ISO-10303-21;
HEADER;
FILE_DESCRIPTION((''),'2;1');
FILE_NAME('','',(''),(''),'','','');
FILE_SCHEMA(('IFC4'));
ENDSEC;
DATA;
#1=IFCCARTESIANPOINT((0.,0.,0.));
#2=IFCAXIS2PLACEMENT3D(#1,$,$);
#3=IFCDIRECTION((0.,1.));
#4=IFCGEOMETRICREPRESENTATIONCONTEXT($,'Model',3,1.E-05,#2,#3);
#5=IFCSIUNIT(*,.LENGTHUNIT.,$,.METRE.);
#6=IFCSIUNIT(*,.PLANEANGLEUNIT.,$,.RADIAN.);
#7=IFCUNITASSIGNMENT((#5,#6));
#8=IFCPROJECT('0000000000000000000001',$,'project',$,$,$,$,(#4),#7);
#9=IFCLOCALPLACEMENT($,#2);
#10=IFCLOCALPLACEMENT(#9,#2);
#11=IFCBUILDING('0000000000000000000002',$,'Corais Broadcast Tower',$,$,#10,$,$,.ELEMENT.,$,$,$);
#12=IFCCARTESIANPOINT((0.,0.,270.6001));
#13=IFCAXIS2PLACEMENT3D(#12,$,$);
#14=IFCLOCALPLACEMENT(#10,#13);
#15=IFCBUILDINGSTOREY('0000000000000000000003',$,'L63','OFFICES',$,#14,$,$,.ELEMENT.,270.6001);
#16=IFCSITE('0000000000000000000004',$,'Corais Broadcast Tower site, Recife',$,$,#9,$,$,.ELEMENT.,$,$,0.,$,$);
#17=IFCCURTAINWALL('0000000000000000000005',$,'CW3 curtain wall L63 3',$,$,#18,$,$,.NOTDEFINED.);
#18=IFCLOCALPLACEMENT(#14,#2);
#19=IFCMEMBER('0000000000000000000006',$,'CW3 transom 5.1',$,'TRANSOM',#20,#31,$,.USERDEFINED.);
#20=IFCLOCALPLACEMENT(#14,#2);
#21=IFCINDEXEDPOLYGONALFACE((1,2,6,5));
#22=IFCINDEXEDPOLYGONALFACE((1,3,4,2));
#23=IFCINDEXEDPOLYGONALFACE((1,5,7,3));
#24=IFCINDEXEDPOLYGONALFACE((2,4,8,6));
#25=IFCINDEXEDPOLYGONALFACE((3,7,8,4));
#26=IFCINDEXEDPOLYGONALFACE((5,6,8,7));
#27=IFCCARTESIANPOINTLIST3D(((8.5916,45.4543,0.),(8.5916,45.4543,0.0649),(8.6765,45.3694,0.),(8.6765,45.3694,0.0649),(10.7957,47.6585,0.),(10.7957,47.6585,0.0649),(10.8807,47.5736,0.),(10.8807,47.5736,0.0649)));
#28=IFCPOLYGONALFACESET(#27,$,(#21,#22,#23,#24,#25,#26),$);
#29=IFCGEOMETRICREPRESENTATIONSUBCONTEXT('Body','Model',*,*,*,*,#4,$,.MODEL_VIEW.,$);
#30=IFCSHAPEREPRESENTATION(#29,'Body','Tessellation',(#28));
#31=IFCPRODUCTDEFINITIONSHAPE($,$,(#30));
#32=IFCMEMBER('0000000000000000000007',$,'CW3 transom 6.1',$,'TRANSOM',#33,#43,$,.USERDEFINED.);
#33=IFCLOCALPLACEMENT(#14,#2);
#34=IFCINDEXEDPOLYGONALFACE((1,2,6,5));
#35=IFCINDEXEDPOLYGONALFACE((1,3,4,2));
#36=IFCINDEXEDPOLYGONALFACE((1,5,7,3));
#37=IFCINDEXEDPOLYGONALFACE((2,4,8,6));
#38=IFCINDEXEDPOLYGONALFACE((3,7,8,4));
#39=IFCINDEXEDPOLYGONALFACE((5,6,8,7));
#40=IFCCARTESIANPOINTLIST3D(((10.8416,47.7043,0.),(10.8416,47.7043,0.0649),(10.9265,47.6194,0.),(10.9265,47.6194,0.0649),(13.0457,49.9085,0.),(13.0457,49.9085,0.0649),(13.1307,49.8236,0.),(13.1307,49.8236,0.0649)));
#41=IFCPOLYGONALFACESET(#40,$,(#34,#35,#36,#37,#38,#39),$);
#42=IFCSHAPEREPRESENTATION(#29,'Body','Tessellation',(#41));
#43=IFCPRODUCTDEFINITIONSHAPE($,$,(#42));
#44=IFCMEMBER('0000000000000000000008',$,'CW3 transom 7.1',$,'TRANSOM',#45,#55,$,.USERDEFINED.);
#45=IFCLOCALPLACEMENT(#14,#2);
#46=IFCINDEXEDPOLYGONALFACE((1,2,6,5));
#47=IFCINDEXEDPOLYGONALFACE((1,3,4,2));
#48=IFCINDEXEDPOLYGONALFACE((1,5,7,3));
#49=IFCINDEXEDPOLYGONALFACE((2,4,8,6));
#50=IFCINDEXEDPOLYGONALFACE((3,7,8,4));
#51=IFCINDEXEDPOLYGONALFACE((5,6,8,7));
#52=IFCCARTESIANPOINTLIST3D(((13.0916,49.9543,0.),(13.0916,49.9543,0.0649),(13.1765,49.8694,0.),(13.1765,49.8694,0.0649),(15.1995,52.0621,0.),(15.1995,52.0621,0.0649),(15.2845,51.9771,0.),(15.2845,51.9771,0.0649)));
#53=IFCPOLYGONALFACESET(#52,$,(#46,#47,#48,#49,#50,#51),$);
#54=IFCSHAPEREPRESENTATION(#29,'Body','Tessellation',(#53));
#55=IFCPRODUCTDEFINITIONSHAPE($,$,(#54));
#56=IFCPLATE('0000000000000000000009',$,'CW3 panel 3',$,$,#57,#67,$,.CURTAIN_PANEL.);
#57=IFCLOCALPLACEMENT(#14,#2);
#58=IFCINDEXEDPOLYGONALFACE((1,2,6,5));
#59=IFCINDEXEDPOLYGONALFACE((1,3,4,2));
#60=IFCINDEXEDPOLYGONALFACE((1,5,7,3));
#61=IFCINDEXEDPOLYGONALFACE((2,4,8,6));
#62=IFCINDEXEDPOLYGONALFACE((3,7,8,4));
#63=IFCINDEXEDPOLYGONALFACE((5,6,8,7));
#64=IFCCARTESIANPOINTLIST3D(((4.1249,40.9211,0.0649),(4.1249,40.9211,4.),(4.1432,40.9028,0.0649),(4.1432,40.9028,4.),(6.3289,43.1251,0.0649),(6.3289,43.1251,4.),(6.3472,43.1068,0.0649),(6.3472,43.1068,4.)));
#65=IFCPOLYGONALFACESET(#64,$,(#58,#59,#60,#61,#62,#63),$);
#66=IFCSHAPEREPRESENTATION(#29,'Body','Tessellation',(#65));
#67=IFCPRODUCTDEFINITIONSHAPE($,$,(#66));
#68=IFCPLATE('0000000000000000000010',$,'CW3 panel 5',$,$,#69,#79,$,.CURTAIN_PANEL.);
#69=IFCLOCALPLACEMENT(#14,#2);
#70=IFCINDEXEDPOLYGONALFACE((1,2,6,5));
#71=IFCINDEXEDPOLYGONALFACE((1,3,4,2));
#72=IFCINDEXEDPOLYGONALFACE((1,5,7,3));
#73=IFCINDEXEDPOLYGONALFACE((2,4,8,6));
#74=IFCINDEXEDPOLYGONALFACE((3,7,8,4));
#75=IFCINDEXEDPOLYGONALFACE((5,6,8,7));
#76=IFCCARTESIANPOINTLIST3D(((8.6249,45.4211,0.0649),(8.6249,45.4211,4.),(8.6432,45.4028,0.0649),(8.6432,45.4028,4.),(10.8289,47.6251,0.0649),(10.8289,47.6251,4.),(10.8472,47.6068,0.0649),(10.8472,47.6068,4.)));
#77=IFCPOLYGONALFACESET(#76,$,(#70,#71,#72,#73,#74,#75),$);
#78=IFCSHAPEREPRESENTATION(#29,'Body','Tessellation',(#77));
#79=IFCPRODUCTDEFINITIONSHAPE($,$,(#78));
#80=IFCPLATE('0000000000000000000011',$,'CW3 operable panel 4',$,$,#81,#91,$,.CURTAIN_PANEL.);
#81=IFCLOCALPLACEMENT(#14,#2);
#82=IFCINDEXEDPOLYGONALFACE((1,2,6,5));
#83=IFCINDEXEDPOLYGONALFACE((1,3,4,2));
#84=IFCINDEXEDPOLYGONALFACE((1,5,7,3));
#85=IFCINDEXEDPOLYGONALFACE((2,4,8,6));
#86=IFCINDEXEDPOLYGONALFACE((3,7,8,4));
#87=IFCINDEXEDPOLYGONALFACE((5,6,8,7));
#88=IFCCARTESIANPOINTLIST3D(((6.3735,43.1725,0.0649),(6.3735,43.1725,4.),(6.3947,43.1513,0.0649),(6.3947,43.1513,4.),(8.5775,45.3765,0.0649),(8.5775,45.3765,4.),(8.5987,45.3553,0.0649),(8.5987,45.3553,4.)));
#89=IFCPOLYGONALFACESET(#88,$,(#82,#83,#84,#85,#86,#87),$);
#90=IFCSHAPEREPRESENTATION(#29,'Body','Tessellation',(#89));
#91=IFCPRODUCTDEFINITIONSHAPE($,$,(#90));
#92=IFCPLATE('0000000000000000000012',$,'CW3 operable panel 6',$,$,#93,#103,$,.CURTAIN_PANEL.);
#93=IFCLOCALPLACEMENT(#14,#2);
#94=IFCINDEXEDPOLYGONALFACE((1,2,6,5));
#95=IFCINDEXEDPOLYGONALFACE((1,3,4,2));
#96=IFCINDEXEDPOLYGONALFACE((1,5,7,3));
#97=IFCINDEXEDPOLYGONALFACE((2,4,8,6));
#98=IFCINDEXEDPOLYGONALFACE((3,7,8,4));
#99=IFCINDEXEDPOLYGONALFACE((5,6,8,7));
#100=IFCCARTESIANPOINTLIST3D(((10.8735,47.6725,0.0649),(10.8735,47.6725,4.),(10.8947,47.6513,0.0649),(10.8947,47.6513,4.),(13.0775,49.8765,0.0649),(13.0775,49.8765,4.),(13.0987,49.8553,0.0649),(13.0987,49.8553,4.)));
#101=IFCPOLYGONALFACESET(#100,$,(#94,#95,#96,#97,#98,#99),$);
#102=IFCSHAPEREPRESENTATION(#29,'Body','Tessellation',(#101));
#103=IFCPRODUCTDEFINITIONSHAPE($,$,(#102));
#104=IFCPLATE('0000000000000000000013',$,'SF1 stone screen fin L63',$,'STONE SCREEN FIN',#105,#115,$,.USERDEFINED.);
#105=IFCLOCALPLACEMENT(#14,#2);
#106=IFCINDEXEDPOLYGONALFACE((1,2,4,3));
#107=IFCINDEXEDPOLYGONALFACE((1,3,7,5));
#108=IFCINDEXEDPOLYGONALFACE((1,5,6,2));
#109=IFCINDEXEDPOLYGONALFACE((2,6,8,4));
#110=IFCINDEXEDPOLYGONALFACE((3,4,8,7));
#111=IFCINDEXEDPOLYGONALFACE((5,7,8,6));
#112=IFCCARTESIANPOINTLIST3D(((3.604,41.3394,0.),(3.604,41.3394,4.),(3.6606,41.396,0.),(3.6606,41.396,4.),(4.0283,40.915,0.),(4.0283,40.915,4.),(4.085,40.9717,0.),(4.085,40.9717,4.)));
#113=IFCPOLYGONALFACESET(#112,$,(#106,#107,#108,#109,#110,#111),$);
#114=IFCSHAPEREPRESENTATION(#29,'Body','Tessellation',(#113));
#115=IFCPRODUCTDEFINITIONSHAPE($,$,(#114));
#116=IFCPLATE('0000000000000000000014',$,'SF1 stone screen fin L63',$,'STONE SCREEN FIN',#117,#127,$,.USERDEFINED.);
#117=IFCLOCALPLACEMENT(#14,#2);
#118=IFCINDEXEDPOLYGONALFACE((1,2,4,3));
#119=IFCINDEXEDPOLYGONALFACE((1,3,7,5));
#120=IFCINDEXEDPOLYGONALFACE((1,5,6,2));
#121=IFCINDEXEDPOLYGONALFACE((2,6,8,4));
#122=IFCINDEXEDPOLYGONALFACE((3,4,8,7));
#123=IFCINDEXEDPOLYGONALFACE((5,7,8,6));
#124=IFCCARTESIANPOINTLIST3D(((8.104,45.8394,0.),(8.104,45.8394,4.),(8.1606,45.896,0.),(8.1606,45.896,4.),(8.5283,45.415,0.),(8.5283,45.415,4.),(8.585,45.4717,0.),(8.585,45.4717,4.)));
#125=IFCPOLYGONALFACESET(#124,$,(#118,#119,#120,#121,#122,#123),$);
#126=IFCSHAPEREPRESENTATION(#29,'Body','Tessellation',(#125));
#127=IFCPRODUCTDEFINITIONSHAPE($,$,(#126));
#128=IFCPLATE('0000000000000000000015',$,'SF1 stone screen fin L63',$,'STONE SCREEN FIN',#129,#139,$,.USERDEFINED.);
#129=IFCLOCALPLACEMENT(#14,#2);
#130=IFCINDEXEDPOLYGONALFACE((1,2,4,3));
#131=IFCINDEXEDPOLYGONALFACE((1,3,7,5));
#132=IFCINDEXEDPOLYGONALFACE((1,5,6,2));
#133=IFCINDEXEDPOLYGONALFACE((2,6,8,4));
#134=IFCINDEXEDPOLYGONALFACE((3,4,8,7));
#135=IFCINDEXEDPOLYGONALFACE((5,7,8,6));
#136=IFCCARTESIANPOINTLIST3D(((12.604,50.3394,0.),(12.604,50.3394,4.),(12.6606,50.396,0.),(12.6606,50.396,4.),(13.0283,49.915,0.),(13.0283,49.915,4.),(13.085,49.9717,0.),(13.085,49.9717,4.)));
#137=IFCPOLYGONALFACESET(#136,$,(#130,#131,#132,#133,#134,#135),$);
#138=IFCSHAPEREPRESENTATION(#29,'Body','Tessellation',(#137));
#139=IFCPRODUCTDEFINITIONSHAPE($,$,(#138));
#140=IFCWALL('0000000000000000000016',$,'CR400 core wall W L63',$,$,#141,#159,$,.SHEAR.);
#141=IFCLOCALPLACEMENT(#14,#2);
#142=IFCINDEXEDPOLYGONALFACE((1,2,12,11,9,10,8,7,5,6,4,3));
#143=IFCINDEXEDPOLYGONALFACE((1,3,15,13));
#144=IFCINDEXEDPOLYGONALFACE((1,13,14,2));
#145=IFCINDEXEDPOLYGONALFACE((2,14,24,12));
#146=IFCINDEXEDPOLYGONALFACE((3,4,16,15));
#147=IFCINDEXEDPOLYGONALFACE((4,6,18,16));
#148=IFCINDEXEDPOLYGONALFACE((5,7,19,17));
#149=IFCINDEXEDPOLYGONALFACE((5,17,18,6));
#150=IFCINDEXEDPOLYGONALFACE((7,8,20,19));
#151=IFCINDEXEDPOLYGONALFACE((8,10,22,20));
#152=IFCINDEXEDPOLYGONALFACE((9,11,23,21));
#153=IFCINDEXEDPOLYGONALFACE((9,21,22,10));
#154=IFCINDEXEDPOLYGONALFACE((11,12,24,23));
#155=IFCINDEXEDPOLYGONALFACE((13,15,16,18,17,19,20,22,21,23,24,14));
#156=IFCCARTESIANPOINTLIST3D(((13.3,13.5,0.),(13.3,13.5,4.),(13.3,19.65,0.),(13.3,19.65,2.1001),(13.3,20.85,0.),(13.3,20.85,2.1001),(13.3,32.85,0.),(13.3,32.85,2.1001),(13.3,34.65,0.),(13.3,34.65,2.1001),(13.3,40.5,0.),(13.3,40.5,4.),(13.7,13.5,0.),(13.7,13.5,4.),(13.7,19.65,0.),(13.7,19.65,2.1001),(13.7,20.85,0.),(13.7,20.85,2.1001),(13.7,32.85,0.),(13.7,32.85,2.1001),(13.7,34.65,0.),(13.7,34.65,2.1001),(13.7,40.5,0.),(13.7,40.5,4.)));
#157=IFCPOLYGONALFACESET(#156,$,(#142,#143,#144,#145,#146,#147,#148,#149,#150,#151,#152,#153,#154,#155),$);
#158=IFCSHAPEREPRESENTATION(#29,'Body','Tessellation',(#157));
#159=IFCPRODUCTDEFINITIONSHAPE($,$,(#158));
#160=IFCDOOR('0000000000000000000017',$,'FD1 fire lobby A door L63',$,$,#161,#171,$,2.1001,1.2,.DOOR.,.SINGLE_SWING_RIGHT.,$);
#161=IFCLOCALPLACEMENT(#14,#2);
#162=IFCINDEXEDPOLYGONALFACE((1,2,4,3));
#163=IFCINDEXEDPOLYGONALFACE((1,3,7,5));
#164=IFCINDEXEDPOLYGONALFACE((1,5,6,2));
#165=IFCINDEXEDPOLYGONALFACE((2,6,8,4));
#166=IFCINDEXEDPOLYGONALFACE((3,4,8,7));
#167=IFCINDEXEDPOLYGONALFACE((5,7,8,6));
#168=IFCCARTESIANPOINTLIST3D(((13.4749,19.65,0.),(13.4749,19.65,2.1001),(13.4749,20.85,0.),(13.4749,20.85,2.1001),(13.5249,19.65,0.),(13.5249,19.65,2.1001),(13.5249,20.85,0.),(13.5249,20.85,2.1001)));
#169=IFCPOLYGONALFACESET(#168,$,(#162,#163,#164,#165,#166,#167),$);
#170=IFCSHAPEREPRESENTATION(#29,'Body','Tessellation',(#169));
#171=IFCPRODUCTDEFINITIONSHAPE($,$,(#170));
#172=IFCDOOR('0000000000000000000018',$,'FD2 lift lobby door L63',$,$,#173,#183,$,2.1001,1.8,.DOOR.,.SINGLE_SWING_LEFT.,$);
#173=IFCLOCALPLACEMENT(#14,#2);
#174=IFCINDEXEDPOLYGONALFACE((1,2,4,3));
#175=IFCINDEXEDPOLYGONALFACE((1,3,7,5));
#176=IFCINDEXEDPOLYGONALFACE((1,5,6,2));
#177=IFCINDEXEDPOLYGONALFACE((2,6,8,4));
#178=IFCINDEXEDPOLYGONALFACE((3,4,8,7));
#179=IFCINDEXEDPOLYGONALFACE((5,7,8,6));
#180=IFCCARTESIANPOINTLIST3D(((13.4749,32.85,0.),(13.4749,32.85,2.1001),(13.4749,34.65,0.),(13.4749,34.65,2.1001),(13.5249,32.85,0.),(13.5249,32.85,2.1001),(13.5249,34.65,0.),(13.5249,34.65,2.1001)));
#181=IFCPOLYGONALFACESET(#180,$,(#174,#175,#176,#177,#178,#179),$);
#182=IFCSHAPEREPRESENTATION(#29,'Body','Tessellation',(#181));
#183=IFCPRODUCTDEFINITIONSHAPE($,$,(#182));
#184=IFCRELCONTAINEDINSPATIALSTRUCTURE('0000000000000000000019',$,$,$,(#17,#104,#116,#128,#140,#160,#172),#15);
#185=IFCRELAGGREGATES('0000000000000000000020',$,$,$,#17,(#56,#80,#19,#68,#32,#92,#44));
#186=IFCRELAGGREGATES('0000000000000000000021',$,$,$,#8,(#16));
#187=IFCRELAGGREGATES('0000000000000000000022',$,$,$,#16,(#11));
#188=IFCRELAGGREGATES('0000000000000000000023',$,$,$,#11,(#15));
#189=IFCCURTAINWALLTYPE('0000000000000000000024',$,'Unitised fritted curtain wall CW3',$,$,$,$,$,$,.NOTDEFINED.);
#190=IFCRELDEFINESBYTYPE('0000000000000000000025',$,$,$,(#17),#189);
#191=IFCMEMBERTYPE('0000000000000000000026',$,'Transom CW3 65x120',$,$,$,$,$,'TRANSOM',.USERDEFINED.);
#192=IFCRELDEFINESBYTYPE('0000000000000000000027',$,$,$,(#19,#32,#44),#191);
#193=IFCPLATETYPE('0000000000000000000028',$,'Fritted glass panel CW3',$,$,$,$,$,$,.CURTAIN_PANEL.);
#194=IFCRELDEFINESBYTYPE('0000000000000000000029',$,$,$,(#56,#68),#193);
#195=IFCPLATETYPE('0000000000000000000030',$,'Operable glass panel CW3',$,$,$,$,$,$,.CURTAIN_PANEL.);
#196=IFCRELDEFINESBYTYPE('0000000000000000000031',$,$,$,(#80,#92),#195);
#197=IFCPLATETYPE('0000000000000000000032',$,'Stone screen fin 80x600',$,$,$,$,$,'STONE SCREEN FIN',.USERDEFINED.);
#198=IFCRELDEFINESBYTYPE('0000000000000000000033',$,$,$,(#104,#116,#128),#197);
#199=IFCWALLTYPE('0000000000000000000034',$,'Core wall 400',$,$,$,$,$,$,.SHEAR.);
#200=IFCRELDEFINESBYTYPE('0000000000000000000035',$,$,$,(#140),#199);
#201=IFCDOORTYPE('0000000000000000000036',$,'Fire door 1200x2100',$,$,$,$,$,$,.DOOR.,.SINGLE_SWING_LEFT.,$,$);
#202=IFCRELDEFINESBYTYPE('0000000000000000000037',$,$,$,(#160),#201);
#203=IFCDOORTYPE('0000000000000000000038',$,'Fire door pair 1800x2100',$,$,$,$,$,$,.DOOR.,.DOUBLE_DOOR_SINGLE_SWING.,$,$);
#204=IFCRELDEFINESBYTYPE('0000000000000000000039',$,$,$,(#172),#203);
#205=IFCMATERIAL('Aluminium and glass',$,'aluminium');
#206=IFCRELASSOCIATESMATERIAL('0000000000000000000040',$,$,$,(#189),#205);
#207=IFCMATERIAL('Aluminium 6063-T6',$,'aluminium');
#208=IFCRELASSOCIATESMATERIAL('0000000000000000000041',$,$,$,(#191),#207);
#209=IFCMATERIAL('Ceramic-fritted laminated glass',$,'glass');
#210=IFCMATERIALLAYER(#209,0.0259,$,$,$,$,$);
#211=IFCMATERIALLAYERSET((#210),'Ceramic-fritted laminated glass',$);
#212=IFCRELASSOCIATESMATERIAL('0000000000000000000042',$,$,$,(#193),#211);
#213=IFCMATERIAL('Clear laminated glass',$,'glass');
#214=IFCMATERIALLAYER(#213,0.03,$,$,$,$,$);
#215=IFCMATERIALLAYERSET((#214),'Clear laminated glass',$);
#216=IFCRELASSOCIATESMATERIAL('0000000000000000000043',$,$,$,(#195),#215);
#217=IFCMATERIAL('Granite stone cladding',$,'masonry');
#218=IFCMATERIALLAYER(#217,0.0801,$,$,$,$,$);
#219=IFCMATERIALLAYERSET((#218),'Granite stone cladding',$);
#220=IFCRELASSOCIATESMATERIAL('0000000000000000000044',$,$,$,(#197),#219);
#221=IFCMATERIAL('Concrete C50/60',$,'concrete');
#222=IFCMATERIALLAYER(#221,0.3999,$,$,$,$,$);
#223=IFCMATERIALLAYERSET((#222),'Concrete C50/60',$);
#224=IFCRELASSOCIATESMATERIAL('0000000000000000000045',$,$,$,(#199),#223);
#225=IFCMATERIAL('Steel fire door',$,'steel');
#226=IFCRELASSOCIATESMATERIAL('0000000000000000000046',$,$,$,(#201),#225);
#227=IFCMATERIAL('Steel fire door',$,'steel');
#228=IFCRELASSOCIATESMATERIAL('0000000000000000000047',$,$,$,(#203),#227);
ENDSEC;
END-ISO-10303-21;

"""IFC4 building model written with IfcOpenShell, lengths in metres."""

from ifc_helpers import new_model, si_unit, direction, frame, frame_2d, origin, origin_2d, place, context, subcontext, project, spatial, rectangle, extrude, material, layer, layer_set, material_profile, profile_set, type_object, element, fill, aggregate, save


model = new_model("IFC4")

# Units and contexts
model_context = context("Model", 3, precision=1e-05, world=origin(), true_north=direction((0.0, 1.0)))
body_context = subcontext(model_context, "Body", "Model", "MODEL_VIEW")
ifc_project = project(units=[si_unit("LENGTHUNIT", "METRE"), si_unit("PLANEANGLEUNIT", "RADIAN")], contexts=[model_context])

# Site, building, storey
site_placement = place(None, origin())
site = spatial("IfcSite", under=ifc_project, at=site_placement, Name="Corais Broadcast Tower site, Recife", CompositionType="ELEMENT", RefElevation=0.0)
building_placement = place(site_placement, origin())
building = spatial("IfcBuilding", under=site, at=building_placement, Name="Corais Broadcast Tower", CompositionType="ELEMENT")
storey_placement = place(building_placement, frame((0.0, 0.0, 270.6001)))
storey = spatial("IfcBuildingStorey", under=building, at=storey_placement, Name="L63", Description="OFFICES", CompositionType="ELEMENT", Elevation=270.6001)

# Curtain wall
ifc_material_1 = material(Name="Aluminium and glass", Category="aluminium")
curtain_wall_type = type_object("IfcCurtainWallType", Name="Unitised fritted curtain wall CW3", PredefinedType="NOTDEFINED", material=ifc_material_1)
curtain_wall_placement = place(storey_placement, origin())
curtain_wall = element("IfcCurtainWall", 1, at=curtain_wall_placement, inside=storey, type_object=curtain_wall_type, Name="CW3 curtain wall L63 3", PredefinedType="NOTDEFINED")

# Members
ifc_material_2 = material(Name="Aluminium 6063-T6", Category="aluminium")
ifc_material_profile_1 = material_profile(ifc_material_2, rectangle(XDim=0.1201, YDim=0.0649, at=origin_2d()), Name="Transom CW3 65x120")
ifc_profile_set_1 = profile_set([ifc_material_profile_1], Name="Aluminium 6063-T6")
member_type_1 = type_object("IfcMemberType", Name="Transom CW3 65x120", ElementType="TRANSOM", PredefinedType="USERDEFINED", material=ifc_profile_set_1)
member_1_placement = place(storey_placement, frame((8.634, 45.4119, 0.0325), z_axis=(0.707107, 0.707107, 0.0), x_axis=(-0.707107, 0.707107, 0.0)))
member_1 = element("IfcMember", 2, at=member_1_placement, type_object=member_type_1, Name="CW3 transom 5.1", ObjectType="TRANSOM", PredefinedType="USERDEFINED", context=body_context, shape_type="SweptSolid", body=[
    extrude(rectangle(XDim=0.1201, YDim=0.0649, at=origin_2d()), origin(), (0.0, 0.0, 1.0), 3.1172),
])
member_2_placement = place(storey_placement, frame((10.884, 47.6619, 0.0325), z_axis=(0.707107, 0.707107, 0.0), x_axis=(-0.707107, 0.707107, 0.0)))
member_2 = element("IfcMember", 3, at=member_2_placement, type_object=member_type_1, Name="CW3 transom 6.1", ObjectType="TRANSOM", PredefinedType="USERDEFINED", context=body_context, shape_type="SweptSolid", body=[
    extrude(rectangle(XDim=0.1201, YDim=0.0649, at=origin_2d()), origin(), (0.0, 0.0, 1.0), 3.1172),
])
member_3_placement = place(storey_placement, frame((13.134, 49.9119, 0.0325), z_axis=(0.707148, 0.707066, 0.0), x_axis=(-0.707066, 0.707148, 0.0)))
member_3 = element("IfcMember", 4, at=member_3_placement, type_object=member_type_1, Name="CW3 transom 7.1", ObjectType="TRANSOM", PredefinedType="USERDEFINED", context=body_context, shape_type="SweptSolid", body=[
    extrude(rectangle(XDim=0.1201, YDim=0.0649, at=origin_2d()), origin(), (0.0, 0.0, 1.0), 2.981),
])

# Plates
ifc_material_3 = material(Name="Ceramic-fritted laminated glass", Category="glass")
ifc_layer_1 = layer(ifc_material_3, 0.0259)
ifc_layer_set_1 = layer_set([ifc_layer_1], Name="Ceramic-fritted laminated glass")
plate_type_1 = type_object("IfcPlateType", Name="Fritted glass panel CW3", PredefinedType="CURTAIN_PANEL", material=ifc_layer_set_1)
plate_1_placement = place(storey_placement, frame((5.2361, 42.0139, 0.0649), z_axis=(0.0, 0.0, 1.0), x_axis=(0.707107, 0.707107, 0.0)))
plate_1 = element("IfcPlate", 5, at=plate_1_placement, type_object=plate_type_1, Name="CW3 panel 3", PredefinedType="CURTAIN_PANEL", context=body_context, shape_type="SweptSolid", body=[
    extrude(rectangle(XDim=3.1169, YDim=0.0259, at=origin_2d()), origin(), (0.0, 0.0, 1.0), 3.9351),
])
plate_2_placement = place(storey_placement, frame((9.7361, 46.5139, 0.0649), z_axis=(0.0, 0.0, 1.0), x_axis=(0.707107, 0.707107, 0.0)))
plate_2 = element("IfcPlate", 6, at=plate_2_placement, type_object=plate_type_1, Name="CW3 panel 5", PredefinedType="CURTAIN_PANEL", context=body_context, shape_type="SweptSolid", body=[
    extrude(rectangle(XDim=3.1169, YDim=0.0259, at=origin_2d()), origin(), (0.0, 0.0, 1.0), 3.9351),
])
ifc_material_4 = material(Name="Clear laminated glass", Category="glass")
ifc_layer_2 = layer(ifc_material_4, 0.03)
ifc_layer_set_2 = layer_set([ifc_layer_2], Name="Clear laminated glass")
plate_type_2 = type_object("IfcPlateType", Name="Operable glass panel CW3", PredefinedType="CURTAIN_PANEL", material=ifc_layer_set_2)
plate_3_placement = place(storey_placement, frame((7.4861, 44.2639, 0.0649), z_axis=(0.0, 0.0, 1.0), x_axis=(0.707107, 0.707107, 0.0)))
plate_3 = element("IfcPlate", 7, at=plate_3_placement, type_object=plate_type_2, Name="CW3 operable panel 4", PredefinedType="CURTAIN_PANEL", context=body_context, shape_type="SweptSolid", body=[
    extrude(rectangle(XDim=3.1169, YDim=0.03, at=origin_2d()), origin(), (0.0, 0.0, 1.0), 3.9351),
])
plate_4_placement = place(storey_placement, frame((11.9861, 48.7639, 0.0649), z_axis=(0.0, 0.0, 1.0), x_axis=(0.707107, 0.707107, 0.0)))
plate_4 = element("IfcPlate", 8, at=plate_4_placement, type_object=plate_type_2, Name="CW3 operable panel 6", PredefinedType="CURTAIN_PANEL", context=body_context, shape_type="SweptSolid", body=[
    extrude(rectangle(XDim=3.1169, YDim=0.03, at=origin_2d()), origin(), (0.0, 0.0, 1.0), 3.9351),
])
aggregate(curtain_wall, [plate_1, plate_3, member_1, plate_2, member_2, plate_4, member_3])

# Plates
ifc_material_5 = material(Name="Granite stone cladding", Category="masonry")
ifc_layer_3 = layer(ifc_material_5, 0.0801)
ifc_layer_set_3 = layer_set([ifc_layer_3], Name="Granite stone cladding")
plate_type_3 = type_object("IfcPlateType", Name="Stone screen fin 80x600", ElementType="STONE SCREEN FIN", PredefinedType="USERDEFINED", material=ifc_layer_set_3)
for number, where, z_axis, x_axis, name in (
    (9, (3.8445, 41.1555, 0.0), (0.0, 0.0, 1.0), (0.707107, 0.707107, 0.0), "SF1 stone screen fin L63"),
    (10, (8.3445, 45.6555, 0.0), (0.0, 0.0, 1.0), (0.707107, 0.707107, 0.0), "SF1 stone screen fin L63"),
    (11, (12.8445, 50.1555, 0.0), (0.0, 0.0, 1.0), (0.707107, 0.707107, 0.0), "SF1 stone screen fin L63"),
):
    element("IfcPlate", number, at=place(storey_placement, frame(where, z_axis=z_axis, x_axis=x_axis)), inside=storey, type_object=plate_type_3, Name=name, ObjectType="STONE SCREEN FIN", PredefinedType="USERDEFINED", context=body_context, shape_type="SweptSolid", body=[
        extrude(rectangle(XDim=0.0801, YDim=0.6001, at=origin_2d()), origin(), (0.0, 0.0, 1.0), 4.0),
    ])

# Wall, openings, doors
ifc_material_6 = material(Name="Concrete C50/60", Category="concrete")
ifc_layer_4 = layer(ifc_material_6, 0.3999)
ifc_layer_set_4 = layer_set([ifc_layer_4], Name="Concrete C50/60")
wall_type_1 = type_object("IfcWallType", Name="Core wall 400", PredefinedType="SHEAR", material=ifc_layer_set_4)
wall_1_placement = place(storey_placement, frame((13.5, 40.5, 0.0), z_axis=(0.0, 0.0, 1.0), x_axis=(0.0, -1.0, 0.0)))
wall_1 = element("IfcWall", 12, at=wall_1_placement, inside=storey, type_object=wall_type_1, Name="CR400 core wall W L63", PredefinedType="SHEAR", context=body_context, shape_type="SweptSolid", body=[
    extrude(rectangle(XDim=27.0, YDim=0.3999, at=frame_2d((13.5, 0.0))), origin(), (0.0, 0.0, 1.0), 4.0),
])
opening_1_placement = place(wall_1_placement, frame((19.6499, 0.0, 0.0)))
opening_1 = element("IfcOpeningElement", 13, at=opening_1_placement, cuts=wall_1, PredefinedType="OPENING", context=body_context, shape_type="SweptSolid", body=[
    extrude(rectangle(XDim=1.2, YDim=2.1001, at=frame_2d((0.6001, 1.05))), frame((0.0, 0.21, 0.0), z_axis=(0.0, -1.0, 0.0), x_axis=(1.0, 0.0, 0.0)), (0.0, 0.0, 1.0), 0.4199),
])
opening_2_placement = place(wall_1_placement, frame((5.8501, 0.0, 0.0)))
opening_2 = element("IfcOpeningElement", 14, at=opening_2_placement, cuts=wall_1, PredefinedType="OPENING", context=body_context, shape_type="SweptSolid", body=[
    extrude(rectangle(XDim=1.8, YDim=2.1001, at=frame_2d((0.8999, 1.05))), frame((0.0, 0.21, 0.0), z_axis=(0.0, -1.0, 0.0), x_axis=(1.0, 0.0, 0.0)), (0.0, 0.0, 1.0), 0.4199),
])
ifc_material_7 = material(Name="Steel fire door", Category="steel")
door_type_1 = type_object("IfcDoorType", Name="Fire door 1200x2100", OperationType="SINGLE_SWING_LEFT", PredefinedType="DOOR", material=ifc_material_7)
door_1_placement = place(opening_1_placement, origin())
door_1 = element("IfcDoor", 15, at=door_1_placement, inside=storey, type_object=door_type_1, Name="FD1 fire lobby A door L63", OperationType="SINGLE_SWING_RIGHT", OverallHeight=2.1001, OverallWidth=1.2, PredefinedType="DOOR", context=body_context, shape_type="SweptSolid", body=[
    extrude(rectangle(XDim=1.2, YDim=2.1001, at=frame_2d((0.6001, 1.05))), frame((0.0, 0.0249, 0.0), z_axis=(0.0, -1.0, 0.0), x_axis=(1.0, 0.0, 0.0)), (0.0, 0.0, 1.0), 0.05),
])
fill(opening_1, door_1)
ifc_material_8 = material(Name="Steel fire door", Category="steel")
door_type_2 = type_object("IfcDoorType", Name="Fire door pair 1800x2100", OperationType="DOUBLE_DOOR_SINGLE_SWING", PredefinedType="DOOR", material=ifc_material_8)
door_2_placement = place(opening_2_placement, origin())
door_2 = element("IfcDoor", 16, at=door_2_placement, inside=storey, type_object=door_type_2, Name="FD2 lift lobby door L63", OperationType="SINGLE_SWING_LEFT", OverallHeight=2.1001, OverallWidth=1.8, PredefinedType="DOOR", context=body_context, shape_type="SweptSolid", body=[
    extrude(rectangle(XDim=1.8, YDim=2.1001, at=frame_2d((0.8999, 1.05))), frame((0.0, 0.0249, 0.0), z_axis=(0.0, -1.0, 0.0), x_axis=(1.0, 0.0, 0.0)), (0.0, 0.0, 1.0), 0.05),
])
fill(opening_2, door_2)

save(model, "model.ifc")
